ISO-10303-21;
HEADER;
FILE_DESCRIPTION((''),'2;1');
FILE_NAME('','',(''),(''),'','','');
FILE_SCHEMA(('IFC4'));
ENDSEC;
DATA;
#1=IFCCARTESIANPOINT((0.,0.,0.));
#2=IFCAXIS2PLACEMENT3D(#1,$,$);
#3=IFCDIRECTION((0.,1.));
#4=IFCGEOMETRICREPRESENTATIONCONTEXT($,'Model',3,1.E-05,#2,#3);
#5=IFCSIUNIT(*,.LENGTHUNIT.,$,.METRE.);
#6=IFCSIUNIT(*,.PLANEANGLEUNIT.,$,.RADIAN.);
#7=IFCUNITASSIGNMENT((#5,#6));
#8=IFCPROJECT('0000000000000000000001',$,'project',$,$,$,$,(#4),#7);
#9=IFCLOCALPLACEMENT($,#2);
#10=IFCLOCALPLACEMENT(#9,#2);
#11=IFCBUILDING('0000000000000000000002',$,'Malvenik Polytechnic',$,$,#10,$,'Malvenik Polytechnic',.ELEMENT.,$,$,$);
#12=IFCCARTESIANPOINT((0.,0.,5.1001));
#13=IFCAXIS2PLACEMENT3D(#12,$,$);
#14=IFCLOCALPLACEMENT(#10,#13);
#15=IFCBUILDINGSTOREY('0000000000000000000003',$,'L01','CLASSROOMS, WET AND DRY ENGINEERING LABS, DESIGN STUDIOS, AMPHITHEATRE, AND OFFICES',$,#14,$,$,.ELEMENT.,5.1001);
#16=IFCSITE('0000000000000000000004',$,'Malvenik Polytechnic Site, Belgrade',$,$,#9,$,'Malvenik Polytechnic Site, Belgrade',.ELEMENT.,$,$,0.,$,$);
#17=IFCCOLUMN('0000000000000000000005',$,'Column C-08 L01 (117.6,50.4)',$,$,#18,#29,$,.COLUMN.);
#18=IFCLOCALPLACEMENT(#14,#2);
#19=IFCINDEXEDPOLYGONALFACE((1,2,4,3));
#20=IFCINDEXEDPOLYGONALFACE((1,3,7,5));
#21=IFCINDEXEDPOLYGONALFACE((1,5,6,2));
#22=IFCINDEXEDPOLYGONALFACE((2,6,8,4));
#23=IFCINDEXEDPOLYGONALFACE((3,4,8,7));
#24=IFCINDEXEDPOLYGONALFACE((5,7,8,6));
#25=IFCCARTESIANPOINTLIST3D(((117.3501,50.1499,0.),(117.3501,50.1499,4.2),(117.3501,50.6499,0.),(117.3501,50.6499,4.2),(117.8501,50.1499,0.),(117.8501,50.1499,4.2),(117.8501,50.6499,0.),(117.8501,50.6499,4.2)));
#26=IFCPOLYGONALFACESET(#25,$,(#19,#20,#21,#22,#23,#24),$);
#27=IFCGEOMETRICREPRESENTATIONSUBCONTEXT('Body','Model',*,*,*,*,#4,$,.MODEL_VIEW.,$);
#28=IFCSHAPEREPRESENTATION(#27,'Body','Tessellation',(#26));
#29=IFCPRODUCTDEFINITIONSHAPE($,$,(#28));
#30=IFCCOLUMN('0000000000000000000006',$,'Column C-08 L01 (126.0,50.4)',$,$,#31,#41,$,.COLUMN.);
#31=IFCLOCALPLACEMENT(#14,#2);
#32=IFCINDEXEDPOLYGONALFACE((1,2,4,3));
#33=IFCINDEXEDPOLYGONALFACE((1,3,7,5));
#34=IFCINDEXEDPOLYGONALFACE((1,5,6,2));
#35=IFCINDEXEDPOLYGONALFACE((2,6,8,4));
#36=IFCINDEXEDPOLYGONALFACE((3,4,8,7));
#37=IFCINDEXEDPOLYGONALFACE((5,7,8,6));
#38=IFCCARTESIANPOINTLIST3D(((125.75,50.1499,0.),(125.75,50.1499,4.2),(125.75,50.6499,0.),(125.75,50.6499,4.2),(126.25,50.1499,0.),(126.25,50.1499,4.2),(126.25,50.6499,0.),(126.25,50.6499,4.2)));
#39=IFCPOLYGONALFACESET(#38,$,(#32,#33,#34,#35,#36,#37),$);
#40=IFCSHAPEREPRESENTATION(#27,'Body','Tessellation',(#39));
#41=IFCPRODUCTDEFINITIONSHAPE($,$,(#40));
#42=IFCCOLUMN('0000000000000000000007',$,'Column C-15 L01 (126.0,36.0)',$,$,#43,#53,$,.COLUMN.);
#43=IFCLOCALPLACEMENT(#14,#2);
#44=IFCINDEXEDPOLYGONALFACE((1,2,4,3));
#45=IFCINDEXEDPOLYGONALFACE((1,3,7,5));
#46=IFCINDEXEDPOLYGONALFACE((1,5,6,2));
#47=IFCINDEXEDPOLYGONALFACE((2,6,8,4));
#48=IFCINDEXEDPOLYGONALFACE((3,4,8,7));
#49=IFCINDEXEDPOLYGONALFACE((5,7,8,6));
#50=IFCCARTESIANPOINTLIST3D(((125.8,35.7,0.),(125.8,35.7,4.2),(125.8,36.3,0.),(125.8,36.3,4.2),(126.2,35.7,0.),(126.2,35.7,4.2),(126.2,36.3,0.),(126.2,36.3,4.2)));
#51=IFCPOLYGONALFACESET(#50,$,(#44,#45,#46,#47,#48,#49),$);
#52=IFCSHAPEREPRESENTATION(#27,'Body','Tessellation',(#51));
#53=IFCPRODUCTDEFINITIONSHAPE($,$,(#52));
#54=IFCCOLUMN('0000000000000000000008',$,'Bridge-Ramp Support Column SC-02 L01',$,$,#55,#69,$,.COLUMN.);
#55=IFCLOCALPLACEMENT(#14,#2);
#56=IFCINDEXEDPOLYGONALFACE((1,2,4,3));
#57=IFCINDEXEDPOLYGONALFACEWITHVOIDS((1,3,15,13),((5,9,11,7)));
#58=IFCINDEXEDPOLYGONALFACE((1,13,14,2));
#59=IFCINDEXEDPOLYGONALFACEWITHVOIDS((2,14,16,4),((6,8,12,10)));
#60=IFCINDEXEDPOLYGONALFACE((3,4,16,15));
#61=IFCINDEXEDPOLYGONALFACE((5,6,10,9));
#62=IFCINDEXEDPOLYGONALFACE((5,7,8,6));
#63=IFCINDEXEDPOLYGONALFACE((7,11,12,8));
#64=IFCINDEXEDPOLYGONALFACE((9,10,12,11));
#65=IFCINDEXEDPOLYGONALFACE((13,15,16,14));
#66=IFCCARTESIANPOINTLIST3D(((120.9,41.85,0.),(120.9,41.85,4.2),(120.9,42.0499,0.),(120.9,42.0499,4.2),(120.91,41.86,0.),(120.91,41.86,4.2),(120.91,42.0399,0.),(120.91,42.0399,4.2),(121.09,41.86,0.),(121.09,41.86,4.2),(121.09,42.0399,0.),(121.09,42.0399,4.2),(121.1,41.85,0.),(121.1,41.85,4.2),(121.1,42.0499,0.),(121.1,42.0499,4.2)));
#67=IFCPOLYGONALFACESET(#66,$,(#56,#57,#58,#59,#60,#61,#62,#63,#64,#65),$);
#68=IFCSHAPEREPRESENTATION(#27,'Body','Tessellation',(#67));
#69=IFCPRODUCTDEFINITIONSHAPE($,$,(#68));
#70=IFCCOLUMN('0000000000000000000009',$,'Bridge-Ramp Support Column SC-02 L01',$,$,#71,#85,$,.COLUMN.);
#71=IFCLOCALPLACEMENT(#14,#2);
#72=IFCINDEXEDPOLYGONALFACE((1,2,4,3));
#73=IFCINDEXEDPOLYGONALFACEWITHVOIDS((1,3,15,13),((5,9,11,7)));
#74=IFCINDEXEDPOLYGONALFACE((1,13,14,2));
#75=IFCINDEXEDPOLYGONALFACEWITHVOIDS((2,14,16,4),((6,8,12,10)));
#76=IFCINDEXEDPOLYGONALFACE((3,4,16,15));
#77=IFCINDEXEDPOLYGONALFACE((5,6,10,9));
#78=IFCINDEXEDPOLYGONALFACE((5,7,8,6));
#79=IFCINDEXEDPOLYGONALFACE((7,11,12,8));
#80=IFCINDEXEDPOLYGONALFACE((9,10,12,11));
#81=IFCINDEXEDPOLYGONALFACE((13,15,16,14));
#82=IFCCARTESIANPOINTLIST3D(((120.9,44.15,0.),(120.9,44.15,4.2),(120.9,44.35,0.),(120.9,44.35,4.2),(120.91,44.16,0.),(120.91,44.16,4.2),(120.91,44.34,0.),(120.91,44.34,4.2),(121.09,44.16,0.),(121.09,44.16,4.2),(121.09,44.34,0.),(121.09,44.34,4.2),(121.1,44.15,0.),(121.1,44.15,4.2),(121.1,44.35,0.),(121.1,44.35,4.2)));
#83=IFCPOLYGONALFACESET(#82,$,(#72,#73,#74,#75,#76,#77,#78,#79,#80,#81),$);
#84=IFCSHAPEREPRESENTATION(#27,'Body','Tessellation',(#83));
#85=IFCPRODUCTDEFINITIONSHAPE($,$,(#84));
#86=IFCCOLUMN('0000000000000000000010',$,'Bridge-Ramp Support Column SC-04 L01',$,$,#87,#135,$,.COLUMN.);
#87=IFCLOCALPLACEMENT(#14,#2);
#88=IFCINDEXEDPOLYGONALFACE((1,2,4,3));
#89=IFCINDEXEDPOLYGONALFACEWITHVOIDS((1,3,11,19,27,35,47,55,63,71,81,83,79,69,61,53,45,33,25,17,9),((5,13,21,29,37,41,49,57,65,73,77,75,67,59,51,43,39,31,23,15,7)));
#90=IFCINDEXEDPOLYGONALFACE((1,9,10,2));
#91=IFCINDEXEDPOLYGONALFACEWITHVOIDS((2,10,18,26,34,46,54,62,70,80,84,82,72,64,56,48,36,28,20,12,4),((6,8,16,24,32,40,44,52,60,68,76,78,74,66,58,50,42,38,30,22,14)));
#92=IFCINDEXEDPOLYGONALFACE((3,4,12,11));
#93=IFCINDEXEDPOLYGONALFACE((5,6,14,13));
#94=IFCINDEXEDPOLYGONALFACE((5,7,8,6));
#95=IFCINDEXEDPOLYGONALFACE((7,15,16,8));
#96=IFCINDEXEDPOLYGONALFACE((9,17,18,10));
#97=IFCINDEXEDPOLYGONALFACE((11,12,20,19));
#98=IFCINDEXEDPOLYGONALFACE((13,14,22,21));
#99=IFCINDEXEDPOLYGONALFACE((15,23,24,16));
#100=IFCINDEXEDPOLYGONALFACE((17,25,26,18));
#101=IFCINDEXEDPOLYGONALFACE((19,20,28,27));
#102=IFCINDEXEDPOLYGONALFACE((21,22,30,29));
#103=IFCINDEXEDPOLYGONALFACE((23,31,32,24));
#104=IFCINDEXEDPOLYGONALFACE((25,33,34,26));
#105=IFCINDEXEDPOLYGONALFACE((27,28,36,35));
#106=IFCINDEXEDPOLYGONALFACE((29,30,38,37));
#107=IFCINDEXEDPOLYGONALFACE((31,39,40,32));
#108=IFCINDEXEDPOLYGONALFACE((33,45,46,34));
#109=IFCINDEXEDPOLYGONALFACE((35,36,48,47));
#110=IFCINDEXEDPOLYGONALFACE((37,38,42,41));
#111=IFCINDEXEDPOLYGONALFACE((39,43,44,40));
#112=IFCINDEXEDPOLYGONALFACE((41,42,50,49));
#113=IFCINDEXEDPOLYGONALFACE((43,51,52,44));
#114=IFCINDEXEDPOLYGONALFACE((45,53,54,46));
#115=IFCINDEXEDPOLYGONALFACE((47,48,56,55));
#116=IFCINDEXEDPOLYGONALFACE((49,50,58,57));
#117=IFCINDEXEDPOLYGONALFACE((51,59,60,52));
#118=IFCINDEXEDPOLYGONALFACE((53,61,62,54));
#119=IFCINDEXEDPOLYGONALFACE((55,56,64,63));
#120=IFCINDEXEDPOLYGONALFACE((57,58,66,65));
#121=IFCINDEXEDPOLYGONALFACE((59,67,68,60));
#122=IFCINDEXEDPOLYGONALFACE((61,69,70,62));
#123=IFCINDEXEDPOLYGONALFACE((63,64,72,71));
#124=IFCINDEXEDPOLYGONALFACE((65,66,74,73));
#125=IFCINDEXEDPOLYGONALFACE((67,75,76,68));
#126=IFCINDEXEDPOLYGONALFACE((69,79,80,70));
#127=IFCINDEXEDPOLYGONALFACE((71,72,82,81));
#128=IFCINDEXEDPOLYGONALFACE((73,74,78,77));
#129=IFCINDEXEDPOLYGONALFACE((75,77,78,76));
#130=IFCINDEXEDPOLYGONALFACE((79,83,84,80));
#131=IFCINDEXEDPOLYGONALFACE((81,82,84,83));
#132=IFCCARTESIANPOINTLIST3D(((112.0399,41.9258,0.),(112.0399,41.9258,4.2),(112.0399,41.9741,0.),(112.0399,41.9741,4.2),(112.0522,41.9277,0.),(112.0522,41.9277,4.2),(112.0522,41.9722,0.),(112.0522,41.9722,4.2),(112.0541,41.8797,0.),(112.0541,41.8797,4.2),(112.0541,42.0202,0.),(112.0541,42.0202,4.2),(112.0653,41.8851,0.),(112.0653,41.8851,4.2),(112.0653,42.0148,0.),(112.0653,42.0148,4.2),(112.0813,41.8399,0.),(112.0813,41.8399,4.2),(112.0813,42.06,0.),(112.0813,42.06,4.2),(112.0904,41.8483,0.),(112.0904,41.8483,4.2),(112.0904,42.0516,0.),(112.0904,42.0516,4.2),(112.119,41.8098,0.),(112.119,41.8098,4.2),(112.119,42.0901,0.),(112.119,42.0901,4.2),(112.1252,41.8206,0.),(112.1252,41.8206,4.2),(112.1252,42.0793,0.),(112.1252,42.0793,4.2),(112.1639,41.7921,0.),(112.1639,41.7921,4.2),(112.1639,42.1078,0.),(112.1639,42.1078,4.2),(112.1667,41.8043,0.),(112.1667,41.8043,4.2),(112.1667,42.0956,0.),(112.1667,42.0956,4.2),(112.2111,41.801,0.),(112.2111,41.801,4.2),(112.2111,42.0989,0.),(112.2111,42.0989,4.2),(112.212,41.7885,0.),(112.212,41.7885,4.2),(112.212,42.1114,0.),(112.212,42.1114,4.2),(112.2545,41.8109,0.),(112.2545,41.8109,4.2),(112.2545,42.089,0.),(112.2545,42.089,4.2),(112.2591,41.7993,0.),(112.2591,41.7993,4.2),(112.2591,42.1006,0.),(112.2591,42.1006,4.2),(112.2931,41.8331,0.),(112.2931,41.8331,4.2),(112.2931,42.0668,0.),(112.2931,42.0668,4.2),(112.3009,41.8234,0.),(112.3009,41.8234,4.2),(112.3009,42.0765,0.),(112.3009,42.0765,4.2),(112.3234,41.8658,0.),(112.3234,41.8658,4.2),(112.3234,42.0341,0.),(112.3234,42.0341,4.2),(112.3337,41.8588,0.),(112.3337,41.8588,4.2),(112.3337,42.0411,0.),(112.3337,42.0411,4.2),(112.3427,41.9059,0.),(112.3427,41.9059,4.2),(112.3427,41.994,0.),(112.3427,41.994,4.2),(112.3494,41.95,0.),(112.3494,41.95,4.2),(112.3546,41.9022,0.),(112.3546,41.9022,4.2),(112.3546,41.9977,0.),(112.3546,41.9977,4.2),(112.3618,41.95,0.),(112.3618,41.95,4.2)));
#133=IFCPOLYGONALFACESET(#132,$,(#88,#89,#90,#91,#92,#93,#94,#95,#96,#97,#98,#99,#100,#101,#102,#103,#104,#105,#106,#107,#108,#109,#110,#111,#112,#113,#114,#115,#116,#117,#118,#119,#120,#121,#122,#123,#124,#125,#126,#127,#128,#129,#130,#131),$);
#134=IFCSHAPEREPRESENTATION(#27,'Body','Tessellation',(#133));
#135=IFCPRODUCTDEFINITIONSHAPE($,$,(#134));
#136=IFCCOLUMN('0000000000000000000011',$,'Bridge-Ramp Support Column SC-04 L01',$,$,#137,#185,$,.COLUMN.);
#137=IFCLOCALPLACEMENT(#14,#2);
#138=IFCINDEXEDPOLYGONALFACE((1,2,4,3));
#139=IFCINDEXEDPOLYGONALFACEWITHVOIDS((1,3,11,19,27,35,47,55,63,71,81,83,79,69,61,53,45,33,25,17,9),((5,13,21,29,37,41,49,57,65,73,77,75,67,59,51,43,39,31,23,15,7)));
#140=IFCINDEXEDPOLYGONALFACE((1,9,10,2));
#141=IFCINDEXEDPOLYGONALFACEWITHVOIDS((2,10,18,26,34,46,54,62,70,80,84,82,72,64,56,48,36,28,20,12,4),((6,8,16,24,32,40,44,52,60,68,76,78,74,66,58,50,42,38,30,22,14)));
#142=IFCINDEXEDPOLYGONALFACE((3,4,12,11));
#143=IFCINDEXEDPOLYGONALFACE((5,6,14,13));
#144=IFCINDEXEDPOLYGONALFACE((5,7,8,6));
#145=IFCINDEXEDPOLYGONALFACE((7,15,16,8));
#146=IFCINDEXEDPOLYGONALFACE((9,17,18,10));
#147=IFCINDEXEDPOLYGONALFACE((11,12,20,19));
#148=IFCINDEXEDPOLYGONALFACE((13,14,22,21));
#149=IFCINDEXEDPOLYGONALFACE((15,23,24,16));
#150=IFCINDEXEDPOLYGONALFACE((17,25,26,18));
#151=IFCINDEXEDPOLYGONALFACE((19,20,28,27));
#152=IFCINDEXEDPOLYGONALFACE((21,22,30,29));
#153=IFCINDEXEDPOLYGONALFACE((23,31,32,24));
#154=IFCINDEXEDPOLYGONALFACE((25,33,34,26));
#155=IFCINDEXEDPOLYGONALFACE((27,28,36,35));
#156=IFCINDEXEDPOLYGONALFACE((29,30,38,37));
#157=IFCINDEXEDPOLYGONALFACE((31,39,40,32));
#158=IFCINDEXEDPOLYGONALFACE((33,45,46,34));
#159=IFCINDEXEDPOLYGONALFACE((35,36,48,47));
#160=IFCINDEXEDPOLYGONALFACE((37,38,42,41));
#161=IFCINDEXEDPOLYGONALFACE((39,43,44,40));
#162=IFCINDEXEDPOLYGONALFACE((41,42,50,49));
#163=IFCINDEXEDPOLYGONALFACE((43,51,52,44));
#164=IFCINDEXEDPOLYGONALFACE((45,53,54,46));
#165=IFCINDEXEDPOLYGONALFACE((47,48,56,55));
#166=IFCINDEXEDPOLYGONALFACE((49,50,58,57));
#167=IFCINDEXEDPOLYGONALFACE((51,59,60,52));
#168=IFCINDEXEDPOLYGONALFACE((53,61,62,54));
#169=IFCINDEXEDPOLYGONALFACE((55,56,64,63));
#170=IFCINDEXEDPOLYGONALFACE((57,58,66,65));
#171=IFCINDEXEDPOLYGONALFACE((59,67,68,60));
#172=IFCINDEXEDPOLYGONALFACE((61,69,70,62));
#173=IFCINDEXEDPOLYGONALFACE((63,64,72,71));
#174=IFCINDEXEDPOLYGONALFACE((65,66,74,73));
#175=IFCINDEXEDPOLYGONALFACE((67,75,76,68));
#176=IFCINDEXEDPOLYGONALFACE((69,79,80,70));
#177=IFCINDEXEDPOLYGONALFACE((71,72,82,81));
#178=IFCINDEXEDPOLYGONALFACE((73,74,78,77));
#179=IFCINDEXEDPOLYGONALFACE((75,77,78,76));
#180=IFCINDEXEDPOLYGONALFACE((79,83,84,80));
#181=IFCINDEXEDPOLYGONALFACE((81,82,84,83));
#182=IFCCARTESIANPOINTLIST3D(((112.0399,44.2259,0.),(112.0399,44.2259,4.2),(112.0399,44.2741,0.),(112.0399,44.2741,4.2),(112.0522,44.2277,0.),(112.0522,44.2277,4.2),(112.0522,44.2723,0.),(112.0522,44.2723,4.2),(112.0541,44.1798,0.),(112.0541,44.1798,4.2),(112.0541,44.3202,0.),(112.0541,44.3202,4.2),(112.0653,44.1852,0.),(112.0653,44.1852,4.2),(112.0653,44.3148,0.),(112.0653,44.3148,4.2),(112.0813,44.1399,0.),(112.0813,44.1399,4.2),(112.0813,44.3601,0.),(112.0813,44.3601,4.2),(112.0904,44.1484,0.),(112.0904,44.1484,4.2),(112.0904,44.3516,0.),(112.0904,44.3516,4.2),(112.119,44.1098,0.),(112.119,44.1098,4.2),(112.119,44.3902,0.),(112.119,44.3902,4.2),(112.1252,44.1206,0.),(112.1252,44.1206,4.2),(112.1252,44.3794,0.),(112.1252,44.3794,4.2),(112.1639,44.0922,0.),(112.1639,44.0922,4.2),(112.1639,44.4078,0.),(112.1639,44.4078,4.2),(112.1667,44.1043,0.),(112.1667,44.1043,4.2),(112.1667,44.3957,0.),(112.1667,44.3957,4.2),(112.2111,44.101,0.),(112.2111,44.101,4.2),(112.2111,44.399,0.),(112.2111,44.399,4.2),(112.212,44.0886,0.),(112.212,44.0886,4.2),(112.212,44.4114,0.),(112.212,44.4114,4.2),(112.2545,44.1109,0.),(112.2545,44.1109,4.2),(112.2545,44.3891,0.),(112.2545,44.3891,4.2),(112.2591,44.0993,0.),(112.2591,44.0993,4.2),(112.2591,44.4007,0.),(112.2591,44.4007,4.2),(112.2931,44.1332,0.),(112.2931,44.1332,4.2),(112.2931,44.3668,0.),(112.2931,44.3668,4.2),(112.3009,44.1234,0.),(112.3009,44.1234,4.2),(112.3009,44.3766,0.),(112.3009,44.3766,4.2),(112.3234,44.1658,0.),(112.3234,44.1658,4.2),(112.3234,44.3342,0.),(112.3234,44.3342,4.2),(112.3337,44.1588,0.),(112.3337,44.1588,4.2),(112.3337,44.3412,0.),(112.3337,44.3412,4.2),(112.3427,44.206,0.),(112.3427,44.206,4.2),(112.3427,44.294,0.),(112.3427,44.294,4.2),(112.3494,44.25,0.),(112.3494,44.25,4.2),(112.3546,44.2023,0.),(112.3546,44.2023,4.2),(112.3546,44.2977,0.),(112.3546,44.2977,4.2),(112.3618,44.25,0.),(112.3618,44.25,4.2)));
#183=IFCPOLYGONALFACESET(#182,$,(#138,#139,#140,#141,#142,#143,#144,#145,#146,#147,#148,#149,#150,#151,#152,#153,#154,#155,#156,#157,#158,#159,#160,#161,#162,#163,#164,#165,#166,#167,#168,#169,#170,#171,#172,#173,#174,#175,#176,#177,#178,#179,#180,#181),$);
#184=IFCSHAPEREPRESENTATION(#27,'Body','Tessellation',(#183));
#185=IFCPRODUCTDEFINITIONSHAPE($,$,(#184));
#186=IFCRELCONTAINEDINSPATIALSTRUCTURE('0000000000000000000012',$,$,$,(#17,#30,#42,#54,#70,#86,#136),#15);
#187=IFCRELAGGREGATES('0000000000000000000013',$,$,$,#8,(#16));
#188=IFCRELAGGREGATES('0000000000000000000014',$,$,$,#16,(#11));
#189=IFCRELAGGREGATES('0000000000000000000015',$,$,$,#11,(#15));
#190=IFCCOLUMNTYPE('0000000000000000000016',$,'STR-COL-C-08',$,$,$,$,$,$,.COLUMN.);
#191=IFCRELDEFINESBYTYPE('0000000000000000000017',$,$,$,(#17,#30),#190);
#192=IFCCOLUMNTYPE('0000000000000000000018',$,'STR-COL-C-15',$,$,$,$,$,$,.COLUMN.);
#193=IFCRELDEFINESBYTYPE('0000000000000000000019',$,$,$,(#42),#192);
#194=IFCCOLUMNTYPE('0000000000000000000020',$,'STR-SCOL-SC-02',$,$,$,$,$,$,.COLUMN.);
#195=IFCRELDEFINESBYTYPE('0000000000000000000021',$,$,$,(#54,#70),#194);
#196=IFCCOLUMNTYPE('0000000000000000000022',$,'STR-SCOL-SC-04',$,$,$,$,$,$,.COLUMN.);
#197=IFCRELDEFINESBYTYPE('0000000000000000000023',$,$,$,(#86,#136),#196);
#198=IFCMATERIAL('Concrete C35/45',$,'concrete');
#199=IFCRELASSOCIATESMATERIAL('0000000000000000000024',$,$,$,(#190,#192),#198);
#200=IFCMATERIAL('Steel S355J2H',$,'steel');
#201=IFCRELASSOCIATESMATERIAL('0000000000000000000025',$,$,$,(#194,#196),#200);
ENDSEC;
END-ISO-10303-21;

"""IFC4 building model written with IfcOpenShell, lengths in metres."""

from ifc_helpers import new_model, si_unit, direction, frame, origin, origin_2d, place, context, subcontext, project, spatial, rectangle, hollow_rectangle, hollow_circle, extrude, material, material_profile, profile_set, type_object, element, save


model = new_model("IFC4")

# Units and contexts
model_context = context("Model", 3, precision=1e-05, world=origin(), true_north=direction((0.0, 1.0)))
body_context = subcontext(model_context, "Body", "Model", "MODEL_VIEW")
ifc_project = project(units=[si_unit("LENGTHUNIT", "METRE"), si_unit("PLANEANGLEUNIT", "RADIAN")], contexts=[model_context])

# Site, building, storey
site_placement = place(None, origin())
site = spatial("IfcSite", under=ifc_project, at=site_placement, Name="Malvenik Polytechnic Site, Belgrade", LongName="Malvenik Polytechnic Site, Belgrade", CompositionType="ELEMENT", RefElevation=0.0)
building_placement = place(site_placement, origin())
building = spatial("IfcBuilding", under=site, at=building_placement, Name="Malvenik Polytechnic", LongName="Malvenik Polytechnic", CompositionType="ELEMENT")
storey_placement = place(building_placement, frame((0.0, 0.0, 5.1001)))
storey = spatial("IfcBuildingStorey", under=building, at=storey_placement, Name="L01", Description="CLASSROOMS, WET AND DRY ENGINEERING LABS, DESIGN STUDIOS, AMPHITHEATRE, AND OFFICES", CompositionType="ELEMENT", Elevation=5.1001)

# Columns
ifc_material_1 = material(Name="Concrete C35/45", Category="concrete")
ifc_material_profile_1 = material_profile(ifc_material_1, rectangle(XDim=0.5, YDim=0.5, at=origin_2d()), Name="RC COL 500x500")
ifc_profile_set_1 = profile_set([ifc_material_profile_1], Name="Concrete C35/45")
column_type_1 = type_object("IfcColumnType", Name="STR-COL-C-08", PredefinedType="COLUMN", material=ifc_profile_set_1)
for number, where, z_axis, x_axis, name in (
    (1, (117.6001, 50.3999, 0.0), (0.0, 0.0, 1.0), (1.0, 0.0, 0.0), "Column C-08 L01 (117.6,50.4)"),
    (2, (126.0, 50.3999, 0.0), (0.0, 0.0, 1.0), (1.0, 0.0, 0.0), "Column C-08 L01 (126.0,50.4)"),
):
    element("IfcColumn", number, at=place(storey_placement, frame(where, z_axis=z_axis, x_axis=x_axis)), inside=storey, type_object=column_type_1, Name=name, PredefinedType="COLUMN", context=body_context, shape_type="SweptSolid", body=[
        extrude(rectangle(XDim=0.5, YDim=0.5, at=origin_2d()), origin(), (0.0, 0.0, 1.0), 4.2),
    ])
ifc_material_profile_2 = material_profile(ifc_material_1, rectangle(XDim=0.3999, YDim=0.6001, at=origin_2d()), Name="RC COL 600x400")
ifc_profile_set_2 = profile_set([ifc_material_profile_2], Name="Concrete C35/45")
column_type_2 = type_object("IfcColumnType", Name="STR-COL-C-15", PredefinedType="COLUMN", material=ifc_profile_set_2)
column_placement = place(storey_placement, frame((126.0, 36.0, 0.0), z_axis=(0.0, 0.0, 1.0), x_axis=(1.0, 0.0, 0.0)))
element("IfcColumn", 3, at=column_placement, inside=storey, type_object=column_type_2, Name="Column C-15 L01 (126.0,36.0)", PredefinedType="COLUMN", context=body_context, shape_type="SweptSolid", body=[
    extrude(rectangle(XDim=0.3999, YDim=0.6001, at=origin_2d()), origin(), (0.0, 0.0, 1.0), 4.2),
])
ifc_material_2 = material(Name="Steel S355J2H", Category="steel")
ifc_material_profile_3 = material_profile(ifc_material_2, hollow_rectangle(XDim=0.2, YDim=0.2, WallThickness=0.01, at=origin_2d()), Name="SHS 200x200x10.0")
ifc_profile_set_3 = profile_set([ifc_material_profile_3], Name="Steel S355J2H")
column_type_3 = type_object("IfcColumnType", Name="STR-SCOL-SC-02", PredefinedType="COLUMN", material=ifc_profile_set_3)
for number, where, z_axis, x_axis, name in (
    (4, (121.0, 41.95, 0.0), (0.0, 0.0, 1.0), (1.0, 0.0, 0.0), "Bridge-Ramp Support Column SC-02 L01"),
    (5, (121.0, 44.25, 0.0), (0.0, 0.0, 1.0), (1.0, 0.0, 0.0), "Bridge-Ramp Support Column SC-02 L01"),
):
    element("IfcColumn", number, at=place(storey_placement, frame(where, z_axis=z_axis, x_axis=x_axis)), inside=storey, type_object=column_type_3, Name=name, PredefinedType="COLUMN", context=body_context, shape_type="SweptSolid", body=[
        extrude(hollow_rectangle(XDim=0.2, YDim=0.2, WallThickness=0.01, at=origin_2d()), origin(), (0.0, 0.0, 1.0), 4.2),
    ])
ifc_material_profile_4 = material_profile(ifc_material_2, hollow_circle(Radius=0.1619, WallThickness=0.0125, at=origin_2d()), Name="CHS 323.9x12.5")
ifc_profile_set_4 = profile_set([ifc_material_profile_4], Name="Steel S355J2H")
column_type_4 = type_object("IfcColumnType", Name="STR-SCOL-SC-04", PredefinedType="COLUMN", material=ifc_profile_set_4)
for number, where, z_axis, x_axis, name in (
    (6, (112.2, 41.95, 0.0), (0.0, 0.0, 1.0), (1.0, 0.0, 0.0), "Bridge-Ramp Support Column SC-04 L01"),
    (7, (112.2, 44.25, 0.0), (0.0, 0.0, 1.0), (1.0, 0.0, 0.0), "Bridge-Ramp Support Column SC-04 L01"),
):
    element("IfcColumn", number, at=place(storey_placement, frame(where, z_axis=z_axis, x_axis=x_axis)), inside=storey, type_object=column_type_4, Name=name, PredefinedType="COLUMN", context=body_context, shape_type="SweptSolid", body=[
        extrude(hollow_circle(Radius=0.1619, WallThickness=0.0125, at=origin_2d()), origin(), (0.0, 0.0, 1.0), 4.2),
    ])

save(model, "model.ifc")
